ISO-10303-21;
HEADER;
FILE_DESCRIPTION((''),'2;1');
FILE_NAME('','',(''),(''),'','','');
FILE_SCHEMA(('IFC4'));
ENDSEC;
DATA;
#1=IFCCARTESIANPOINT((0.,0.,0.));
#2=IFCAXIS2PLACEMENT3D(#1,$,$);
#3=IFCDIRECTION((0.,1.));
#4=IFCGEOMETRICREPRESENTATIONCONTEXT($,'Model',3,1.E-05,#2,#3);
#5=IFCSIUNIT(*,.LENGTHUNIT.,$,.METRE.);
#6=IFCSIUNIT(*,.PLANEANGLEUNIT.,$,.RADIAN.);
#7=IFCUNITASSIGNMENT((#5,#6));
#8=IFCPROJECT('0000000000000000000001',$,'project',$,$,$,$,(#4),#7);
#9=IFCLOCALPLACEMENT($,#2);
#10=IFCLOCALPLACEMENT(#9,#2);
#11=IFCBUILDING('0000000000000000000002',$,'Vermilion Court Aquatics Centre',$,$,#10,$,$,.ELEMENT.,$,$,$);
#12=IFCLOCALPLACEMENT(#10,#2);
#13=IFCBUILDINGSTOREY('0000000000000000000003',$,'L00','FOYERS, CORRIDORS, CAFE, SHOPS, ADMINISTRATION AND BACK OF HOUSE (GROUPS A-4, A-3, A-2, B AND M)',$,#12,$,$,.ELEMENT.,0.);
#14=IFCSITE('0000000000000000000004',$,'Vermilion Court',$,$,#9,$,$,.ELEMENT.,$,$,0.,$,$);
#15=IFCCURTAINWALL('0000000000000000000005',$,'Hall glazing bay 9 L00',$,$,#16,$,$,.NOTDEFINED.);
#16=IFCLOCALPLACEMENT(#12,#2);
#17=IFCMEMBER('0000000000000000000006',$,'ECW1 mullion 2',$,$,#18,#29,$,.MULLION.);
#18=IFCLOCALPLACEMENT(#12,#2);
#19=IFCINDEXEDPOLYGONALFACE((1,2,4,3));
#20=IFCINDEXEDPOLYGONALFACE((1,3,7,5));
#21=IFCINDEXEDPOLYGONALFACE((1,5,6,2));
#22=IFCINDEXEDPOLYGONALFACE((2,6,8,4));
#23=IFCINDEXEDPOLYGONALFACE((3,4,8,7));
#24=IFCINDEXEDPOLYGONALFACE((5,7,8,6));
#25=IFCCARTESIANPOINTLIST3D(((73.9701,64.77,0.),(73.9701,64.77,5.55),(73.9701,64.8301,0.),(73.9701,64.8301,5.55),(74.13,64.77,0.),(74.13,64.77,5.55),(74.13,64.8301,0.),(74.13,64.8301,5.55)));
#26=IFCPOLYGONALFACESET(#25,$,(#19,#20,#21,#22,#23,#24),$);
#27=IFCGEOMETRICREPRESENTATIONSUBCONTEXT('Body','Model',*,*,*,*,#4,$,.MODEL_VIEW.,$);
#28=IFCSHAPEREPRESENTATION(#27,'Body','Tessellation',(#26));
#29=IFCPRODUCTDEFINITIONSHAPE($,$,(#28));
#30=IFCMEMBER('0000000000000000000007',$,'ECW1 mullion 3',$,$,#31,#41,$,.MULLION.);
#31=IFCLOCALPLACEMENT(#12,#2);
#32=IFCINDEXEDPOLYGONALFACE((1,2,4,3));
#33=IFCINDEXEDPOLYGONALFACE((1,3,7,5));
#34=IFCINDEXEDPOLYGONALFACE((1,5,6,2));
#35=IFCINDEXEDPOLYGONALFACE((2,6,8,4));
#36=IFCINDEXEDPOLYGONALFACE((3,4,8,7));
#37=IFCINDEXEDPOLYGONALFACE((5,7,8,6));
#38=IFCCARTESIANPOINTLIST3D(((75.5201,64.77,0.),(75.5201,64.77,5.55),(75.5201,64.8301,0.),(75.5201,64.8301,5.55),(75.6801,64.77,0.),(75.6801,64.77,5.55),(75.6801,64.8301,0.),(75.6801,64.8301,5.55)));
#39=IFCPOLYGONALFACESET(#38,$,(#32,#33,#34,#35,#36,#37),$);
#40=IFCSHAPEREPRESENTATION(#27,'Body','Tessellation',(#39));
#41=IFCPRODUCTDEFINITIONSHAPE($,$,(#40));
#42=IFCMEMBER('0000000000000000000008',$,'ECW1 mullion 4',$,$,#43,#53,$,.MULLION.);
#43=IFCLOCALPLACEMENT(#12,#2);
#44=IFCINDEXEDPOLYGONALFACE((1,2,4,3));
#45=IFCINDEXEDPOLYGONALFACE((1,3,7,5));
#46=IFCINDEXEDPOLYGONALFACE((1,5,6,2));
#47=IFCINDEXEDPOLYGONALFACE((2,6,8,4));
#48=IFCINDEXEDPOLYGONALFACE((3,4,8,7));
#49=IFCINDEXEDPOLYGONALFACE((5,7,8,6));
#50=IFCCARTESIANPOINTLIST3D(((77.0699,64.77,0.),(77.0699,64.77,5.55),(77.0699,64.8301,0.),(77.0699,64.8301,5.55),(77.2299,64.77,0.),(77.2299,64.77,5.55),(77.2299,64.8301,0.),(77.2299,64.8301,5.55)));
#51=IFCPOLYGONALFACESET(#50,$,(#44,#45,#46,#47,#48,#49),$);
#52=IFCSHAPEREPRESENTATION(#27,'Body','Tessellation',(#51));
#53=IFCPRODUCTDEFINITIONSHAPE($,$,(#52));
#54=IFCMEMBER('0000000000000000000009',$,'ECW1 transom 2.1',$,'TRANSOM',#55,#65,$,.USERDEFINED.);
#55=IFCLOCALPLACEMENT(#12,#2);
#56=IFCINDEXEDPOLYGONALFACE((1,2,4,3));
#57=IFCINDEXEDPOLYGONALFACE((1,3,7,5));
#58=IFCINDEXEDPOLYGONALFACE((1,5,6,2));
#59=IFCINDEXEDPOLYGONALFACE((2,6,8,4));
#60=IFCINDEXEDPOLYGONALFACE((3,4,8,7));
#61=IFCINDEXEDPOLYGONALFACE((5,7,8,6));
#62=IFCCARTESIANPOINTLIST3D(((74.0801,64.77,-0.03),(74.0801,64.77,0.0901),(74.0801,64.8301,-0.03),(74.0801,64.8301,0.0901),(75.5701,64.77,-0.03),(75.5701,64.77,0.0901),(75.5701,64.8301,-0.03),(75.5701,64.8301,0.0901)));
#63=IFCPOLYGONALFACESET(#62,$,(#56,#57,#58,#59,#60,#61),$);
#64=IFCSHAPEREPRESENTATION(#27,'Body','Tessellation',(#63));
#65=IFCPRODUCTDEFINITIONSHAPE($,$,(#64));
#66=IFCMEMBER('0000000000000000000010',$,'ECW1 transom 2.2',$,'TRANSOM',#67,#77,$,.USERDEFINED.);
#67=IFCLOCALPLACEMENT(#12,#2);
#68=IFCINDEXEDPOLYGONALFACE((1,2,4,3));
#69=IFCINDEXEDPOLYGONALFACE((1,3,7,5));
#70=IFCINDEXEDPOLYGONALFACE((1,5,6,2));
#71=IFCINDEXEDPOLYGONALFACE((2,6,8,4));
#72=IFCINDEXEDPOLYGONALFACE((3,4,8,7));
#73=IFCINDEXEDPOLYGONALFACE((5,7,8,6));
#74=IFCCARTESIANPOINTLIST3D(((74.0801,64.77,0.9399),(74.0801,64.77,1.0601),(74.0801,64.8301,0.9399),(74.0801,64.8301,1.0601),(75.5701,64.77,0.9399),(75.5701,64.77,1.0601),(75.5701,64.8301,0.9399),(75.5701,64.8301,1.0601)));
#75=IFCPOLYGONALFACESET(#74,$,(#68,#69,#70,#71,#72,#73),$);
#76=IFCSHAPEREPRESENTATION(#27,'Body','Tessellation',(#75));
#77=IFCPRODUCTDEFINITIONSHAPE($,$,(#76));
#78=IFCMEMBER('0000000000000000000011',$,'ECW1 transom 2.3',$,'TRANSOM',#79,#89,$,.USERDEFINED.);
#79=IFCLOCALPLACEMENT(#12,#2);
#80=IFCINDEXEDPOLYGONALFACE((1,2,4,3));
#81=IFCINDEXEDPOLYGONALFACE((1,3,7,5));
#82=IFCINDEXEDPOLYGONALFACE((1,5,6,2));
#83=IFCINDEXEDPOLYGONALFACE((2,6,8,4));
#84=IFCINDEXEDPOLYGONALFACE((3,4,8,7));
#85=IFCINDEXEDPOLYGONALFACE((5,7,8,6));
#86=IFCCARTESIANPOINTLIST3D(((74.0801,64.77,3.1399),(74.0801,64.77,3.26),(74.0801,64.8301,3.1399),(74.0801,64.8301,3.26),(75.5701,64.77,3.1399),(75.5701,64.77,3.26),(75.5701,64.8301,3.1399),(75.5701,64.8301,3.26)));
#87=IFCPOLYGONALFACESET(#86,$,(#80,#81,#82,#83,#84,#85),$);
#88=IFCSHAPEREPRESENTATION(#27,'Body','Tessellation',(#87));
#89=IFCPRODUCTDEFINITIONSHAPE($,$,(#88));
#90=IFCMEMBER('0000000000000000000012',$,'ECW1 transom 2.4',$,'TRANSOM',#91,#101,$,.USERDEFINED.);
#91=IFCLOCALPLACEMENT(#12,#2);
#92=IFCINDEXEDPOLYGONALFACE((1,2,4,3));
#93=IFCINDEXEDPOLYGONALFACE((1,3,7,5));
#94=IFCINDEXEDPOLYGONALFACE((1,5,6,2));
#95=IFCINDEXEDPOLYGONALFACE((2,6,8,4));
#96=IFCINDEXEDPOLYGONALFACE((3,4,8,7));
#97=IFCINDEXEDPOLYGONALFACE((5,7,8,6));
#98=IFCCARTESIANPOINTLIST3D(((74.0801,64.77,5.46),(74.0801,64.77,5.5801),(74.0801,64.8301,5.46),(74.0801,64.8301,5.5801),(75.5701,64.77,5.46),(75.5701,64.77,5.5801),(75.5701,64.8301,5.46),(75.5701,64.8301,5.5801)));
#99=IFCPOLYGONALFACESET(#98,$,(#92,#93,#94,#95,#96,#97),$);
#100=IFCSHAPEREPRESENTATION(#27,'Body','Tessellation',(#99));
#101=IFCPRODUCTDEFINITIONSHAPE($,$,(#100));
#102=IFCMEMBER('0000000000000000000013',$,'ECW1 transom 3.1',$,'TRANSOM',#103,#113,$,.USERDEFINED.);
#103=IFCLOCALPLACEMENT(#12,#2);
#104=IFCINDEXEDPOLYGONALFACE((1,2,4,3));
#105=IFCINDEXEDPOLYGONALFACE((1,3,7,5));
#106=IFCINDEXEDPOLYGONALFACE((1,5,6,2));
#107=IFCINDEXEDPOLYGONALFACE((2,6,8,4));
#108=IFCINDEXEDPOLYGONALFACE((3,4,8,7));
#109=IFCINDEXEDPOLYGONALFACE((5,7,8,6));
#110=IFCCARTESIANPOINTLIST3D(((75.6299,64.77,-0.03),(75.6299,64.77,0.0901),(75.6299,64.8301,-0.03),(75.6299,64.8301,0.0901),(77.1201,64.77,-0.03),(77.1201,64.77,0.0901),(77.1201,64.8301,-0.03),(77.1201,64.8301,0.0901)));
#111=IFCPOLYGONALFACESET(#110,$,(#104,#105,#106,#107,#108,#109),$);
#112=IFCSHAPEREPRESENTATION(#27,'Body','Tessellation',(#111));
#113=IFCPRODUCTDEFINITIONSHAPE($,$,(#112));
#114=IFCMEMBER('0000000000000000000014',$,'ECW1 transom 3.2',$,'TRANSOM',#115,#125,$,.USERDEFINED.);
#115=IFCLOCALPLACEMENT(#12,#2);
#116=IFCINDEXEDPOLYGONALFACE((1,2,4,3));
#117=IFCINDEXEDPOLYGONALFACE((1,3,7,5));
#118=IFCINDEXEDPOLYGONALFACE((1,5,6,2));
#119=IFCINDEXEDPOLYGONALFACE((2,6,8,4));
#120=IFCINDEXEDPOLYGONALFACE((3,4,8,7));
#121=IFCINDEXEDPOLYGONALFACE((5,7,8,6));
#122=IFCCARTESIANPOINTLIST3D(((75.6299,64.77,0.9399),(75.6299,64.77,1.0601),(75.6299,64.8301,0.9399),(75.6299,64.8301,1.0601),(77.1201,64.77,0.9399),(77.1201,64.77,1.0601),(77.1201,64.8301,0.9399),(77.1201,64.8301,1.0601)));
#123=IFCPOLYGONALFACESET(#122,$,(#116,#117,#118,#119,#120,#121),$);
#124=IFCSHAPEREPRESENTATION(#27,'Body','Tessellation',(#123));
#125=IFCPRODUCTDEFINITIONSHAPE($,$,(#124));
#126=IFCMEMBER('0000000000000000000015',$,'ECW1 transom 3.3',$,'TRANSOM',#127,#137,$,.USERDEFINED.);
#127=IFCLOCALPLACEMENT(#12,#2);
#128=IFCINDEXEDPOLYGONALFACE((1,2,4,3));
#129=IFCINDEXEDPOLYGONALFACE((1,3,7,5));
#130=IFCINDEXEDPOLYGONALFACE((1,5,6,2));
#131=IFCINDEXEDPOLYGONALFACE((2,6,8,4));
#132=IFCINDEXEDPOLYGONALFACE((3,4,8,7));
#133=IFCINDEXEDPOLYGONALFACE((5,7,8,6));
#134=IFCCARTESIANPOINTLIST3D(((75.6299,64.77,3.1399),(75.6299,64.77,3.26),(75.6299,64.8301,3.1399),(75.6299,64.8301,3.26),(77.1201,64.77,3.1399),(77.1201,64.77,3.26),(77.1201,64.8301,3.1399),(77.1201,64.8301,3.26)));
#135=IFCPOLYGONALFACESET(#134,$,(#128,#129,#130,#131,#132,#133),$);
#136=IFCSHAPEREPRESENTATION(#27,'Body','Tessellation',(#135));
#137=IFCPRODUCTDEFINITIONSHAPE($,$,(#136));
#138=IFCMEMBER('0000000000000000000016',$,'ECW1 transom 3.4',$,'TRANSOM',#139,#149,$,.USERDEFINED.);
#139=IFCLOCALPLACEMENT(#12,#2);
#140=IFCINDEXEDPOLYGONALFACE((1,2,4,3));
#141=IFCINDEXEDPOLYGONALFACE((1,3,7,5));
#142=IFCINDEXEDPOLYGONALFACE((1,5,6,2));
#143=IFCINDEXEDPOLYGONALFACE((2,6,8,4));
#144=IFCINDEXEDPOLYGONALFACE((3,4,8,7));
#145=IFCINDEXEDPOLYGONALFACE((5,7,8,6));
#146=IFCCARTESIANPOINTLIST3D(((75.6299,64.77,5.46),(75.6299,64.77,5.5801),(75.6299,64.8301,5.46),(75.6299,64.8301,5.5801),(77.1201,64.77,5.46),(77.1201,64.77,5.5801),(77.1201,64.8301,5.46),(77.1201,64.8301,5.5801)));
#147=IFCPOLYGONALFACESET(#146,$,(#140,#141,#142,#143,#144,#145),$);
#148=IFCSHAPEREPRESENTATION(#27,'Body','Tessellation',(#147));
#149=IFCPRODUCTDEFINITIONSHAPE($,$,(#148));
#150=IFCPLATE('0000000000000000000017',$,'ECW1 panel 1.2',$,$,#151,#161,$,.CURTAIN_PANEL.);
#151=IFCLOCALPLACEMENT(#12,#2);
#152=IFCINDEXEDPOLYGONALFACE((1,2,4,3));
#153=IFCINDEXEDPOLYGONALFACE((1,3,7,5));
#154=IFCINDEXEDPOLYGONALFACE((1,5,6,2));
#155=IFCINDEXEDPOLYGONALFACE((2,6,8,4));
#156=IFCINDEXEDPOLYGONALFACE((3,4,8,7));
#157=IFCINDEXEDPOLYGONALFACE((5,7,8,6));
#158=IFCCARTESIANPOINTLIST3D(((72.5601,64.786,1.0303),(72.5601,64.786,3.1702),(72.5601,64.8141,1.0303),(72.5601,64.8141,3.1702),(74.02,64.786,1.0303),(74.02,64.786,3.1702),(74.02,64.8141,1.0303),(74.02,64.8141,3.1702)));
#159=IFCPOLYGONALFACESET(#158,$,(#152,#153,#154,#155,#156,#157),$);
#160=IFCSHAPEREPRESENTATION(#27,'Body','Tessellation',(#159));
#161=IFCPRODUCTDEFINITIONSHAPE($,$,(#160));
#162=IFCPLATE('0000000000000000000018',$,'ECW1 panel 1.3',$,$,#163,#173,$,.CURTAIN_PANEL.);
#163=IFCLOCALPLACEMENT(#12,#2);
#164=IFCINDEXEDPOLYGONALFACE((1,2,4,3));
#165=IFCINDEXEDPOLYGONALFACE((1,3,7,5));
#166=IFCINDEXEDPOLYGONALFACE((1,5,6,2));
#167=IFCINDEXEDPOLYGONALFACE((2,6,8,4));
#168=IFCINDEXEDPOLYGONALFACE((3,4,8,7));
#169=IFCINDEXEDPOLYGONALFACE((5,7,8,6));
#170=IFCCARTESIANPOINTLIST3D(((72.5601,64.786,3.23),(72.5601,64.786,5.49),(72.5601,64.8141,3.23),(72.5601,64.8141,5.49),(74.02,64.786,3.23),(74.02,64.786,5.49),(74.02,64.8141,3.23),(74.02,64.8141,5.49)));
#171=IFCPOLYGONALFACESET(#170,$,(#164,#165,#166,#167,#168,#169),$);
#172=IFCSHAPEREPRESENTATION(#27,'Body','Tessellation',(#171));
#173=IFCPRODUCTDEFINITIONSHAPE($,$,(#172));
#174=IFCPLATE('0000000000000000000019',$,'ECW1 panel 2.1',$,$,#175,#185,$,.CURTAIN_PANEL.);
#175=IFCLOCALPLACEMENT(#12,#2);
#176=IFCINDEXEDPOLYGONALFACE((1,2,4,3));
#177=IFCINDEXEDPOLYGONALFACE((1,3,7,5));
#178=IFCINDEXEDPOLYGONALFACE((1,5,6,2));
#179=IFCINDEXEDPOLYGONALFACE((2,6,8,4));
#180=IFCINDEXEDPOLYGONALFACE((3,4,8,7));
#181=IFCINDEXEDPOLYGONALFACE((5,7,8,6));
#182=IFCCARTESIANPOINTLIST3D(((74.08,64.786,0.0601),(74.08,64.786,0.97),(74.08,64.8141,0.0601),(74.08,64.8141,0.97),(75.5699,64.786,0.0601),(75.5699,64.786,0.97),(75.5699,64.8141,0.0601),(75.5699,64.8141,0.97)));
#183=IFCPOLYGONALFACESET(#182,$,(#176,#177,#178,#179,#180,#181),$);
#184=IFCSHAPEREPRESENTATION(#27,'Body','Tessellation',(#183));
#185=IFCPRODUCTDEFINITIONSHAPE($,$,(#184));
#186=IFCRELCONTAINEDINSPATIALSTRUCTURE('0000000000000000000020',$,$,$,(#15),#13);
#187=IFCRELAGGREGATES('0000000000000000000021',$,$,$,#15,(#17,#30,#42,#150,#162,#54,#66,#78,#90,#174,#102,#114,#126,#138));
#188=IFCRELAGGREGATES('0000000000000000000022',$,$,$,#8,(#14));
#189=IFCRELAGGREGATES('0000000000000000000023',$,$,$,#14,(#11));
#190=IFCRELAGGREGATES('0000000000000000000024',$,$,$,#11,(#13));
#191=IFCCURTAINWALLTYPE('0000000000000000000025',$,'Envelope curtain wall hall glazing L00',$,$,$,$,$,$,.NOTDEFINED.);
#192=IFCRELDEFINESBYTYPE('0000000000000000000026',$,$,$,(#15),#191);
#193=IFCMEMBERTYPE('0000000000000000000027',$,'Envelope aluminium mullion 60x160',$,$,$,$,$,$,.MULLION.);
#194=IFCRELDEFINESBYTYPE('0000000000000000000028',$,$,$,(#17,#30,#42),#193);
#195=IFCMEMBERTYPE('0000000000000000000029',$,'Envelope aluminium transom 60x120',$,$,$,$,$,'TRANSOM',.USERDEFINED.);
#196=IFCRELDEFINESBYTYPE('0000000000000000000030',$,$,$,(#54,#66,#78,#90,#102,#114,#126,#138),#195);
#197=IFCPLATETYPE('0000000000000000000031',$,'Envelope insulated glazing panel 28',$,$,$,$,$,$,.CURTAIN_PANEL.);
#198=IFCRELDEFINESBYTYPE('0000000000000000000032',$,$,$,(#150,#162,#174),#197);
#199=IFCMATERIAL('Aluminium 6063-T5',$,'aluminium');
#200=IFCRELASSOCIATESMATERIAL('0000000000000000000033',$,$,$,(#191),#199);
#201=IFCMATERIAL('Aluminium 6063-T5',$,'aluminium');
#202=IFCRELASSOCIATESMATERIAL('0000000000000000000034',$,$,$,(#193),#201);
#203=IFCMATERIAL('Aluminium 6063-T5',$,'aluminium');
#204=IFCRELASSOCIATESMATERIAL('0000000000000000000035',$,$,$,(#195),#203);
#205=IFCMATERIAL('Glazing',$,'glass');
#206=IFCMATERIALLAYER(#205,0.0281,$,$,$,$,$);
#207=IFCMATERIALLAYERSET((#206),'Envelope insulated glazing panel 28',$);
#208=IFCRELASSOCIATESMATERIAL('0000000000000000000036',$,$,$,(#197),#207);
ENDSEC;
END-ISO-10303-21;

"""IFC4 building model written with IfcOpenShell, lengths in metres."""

from ifc_helpers import new_model, si_unit, direction, frame, origin, origin_2d, place, context, subcontext, project, spatial, rectangle, extrude, material, layer, layer_set, material_profile, profile_set, type_object, element, aggregate, save


model = new_model("IFC4")

# Units and contexts
model_context = context("Model", 3, precision=1e-05, world=origin(), true_north=direction((0.0, 1.0)))
body_context = subcontext(model_context, "Body", "Model", "MODEL_VIEW")
ifc_project = project(units=[si_unit("LENGTHUNIT", "METRE"), si_unit("PLANEANGLEUNIT", "RADIAN")], contexts=[model_context])

# Site, building, storey
site_placement = place(None, origin())
site = spatial("IfcSite", under=ifc_project, at=site_placement, Name="Vermilion Court", CompositionType="ELEMENT", RefElevation=0.0)
building_placement = place(site_placement, origin())
building = spatial("IfcBuilding", under=site, at=building_placement, Name="Vermilion Court Aquatics Centre", CompositionType="ELEMENT")
storey_placement = place(building_placement, origin())
storey = spatial("IfcBuildingStorey", under=building, at=storey_placement, Name="L00", Description="FOYERS, CORRIDORS, CAFE, SHOPS, ADMINISTRATION AND BACK OF HOUSE (GROUPS A-4, A-3, A-2, B AND M)", CompositionType="ELEMENT", Elevation=0.0)

# Curtain wall, members, plates
ifc_material_1 = material(Name="Aluminium 6063-T5", Category="aluminium")
curtain_wall_type = type_object("IfcCurtainWallType", Name="Envelope curtain wall hall glazing L00", PredefinedType="NOTDEFINED", material=ifc_material_1)
curtain_wall_placement = place(storey_placement, origin())
curtain_wall = element("IfcCurtainWall", 1, at=curtain_wall_placement, inside=storey, type_object=curtain_wall_type, Name="Hall glazing bay 9 L00", PredefinedType="NOTDEFINED")
ifc_material_2 = material(Name="Aluminium 6063-T5", Category="aluminium")
ifc_material_profile_1 = material_profile(ifc_material_2, rectangle(XDim=0.0601, YDim=0.1599, at=origin_2d()), Name="AL 60x160")
ifc_profile_set_1 = profile_set([ifc_material_profile_1], Name="Aluminium 6063-T5")
member_type_1 = type_object("IfcMemberType", Name="Envelope aluminium mullion 60x160", PredefinedType="MULLION", material=ifc_profile_set_1)
member_1_placement = place(storey_placement, frame((74.05, 64.8, 0.0), z_axis=(0.0, 0.0, 1.0), x_axis=(0.0, 1.0, 0.0)))
member_1 = element("IfcMember", 2, at=member_1_placement, type_object=member_type_1, Name="ECW1 mullion 2", PredefinedType="MULLION", context=body_context, shape_type="SweptSolid", body=[
    extrude(rectangle(XDim=0.0601, YDim=0.1599, at=origin_2d()), origin(), (0.0, 0.0, 1.0), 5.55),
])
member_2_placement = place(storey_placement, frame((75.6001, 64.8, 0.0), z_axis=(0.0, 0.0, 1.0), x_axis=(0.0, 1.0, 0.0)))
member_2 = element("IfcMember", 3, at=member_2_placement, type_object=member_type_1, Name="ECW1 mullion 3", PredefinedType="MULLION", context=body_context, shape_type="SweptSolid", body=[
    extrude(rectangle(XDim=0.0601, YDim=0.1599, at=origin_2d()), origin(), (0.0, 0.0, 1.0), 5.55),
])
member_3_placement = place(storey_placement, frame((77.1499, 64.8, 0.0), z_axis=(0.0, 0.0, 1.0), x_axis=(0.0, 1.0, 0.0)))
member_3 = element("IfcMember", 4, at=member_3_placement, type_object=member_type_1, Name="ECW1 mullion 4", PredefinedType="MULLION", context=body_context, shape_type="SweptSolid", body=[
    extrude(rectangle(XDim=0.0601, YDim=0.1599, at=origin_2d()), origin(), (0.0, 0.0, 1.0), 5.55),
])
ifc_material_3 = material(Name="Aluminium 6063-T5", Category="aluminium")
ifc_material_profile_2 = material_profile(ifc_material_3, rectangle(XDim=0.0601, YDim=0.1201, at=origin_2d()), Name="AL 60x120")
ifc_profile_set_2 = profile_set([ifc_material_profile_2], Name="Aluminium 6063-T5")
member_type_2 = type_object("IfcMemberType", Name="Envelope aluminium transom 60x120", ElementType="TRANSOM", PredefinedType="USERDEFINED", material=ifc_profile_set_2)
member_4_placement = place(storey_placement, frame((74.0801, 64.8, 0.03), z_axis=(1.0, 0.0, 0.0), x_axis=(0.0, 1.0, 0.0)))
member_4 = element("IfcMember", 5, at=member_4_placement, type_object=member_type_2, Name="ECW1 transom 2.1", ObjectType="TRANSOM", PredefinedType="USERDEFINED", context=body_context, shape_type="SweptSolid", body=[
    extrude(rectangle(XDim=0.0601, YDim=0.1201, at=origin_2d()), origin(), (0.0, 0.0, 1.0), 1.49),
])
member_5_placement = place(storey_placement, frame((74.0801, 64.8, 1.0), z_axis=(1.0, 0.0, 0.0), x_axis=(0.0, 1.0, 0.0)))
member_5 = element("IfcMember", 6, at=member_5_placement, type_object=member_type_2, Name="ECW1 transom 2.2", ObjectType="TRANSOM", PredefinedType="USERDEFINED", context=body_context, shape_type="SweptSolid", body=[
    extrude(rectangle(XDim=0.0601, YDim=0.1201, at=origin_2d()), origin(), (0.0, 0.0, 1.0), 1.49),
])
member_6_placement = place(storey_placement, frame((74.0801, 64.8, 3.2), z_axis=(1.0, 0.0, 0.0), x_axis=(0.0, 1.0, 0.0)))
member_6 = element("IfcMember", 7, at=member_6_placement, type_object=member_type_2, Name="ECW1 transom 2.3", ObjectType="TRANSOM", PredefinedType="USERDEFINED", context=body_context, shape_type="SweptSolid", body=[
    extrude(rectangle(XDim=0.0601, YDim=0.1201, at=origin_2d()), origin(), (0.0, 0.0, 1.0), 1.49),
])
member_7_placement = place(storey_placement, frame((74.0801, 64.8, 5.52), z_axis=(1.0, 0.0, 0.0), x_axis=(0.0, 1.0, 0.0)))
member_7 = element("IfcMember", 8, at=member_7_placement, type_object=member_type_2, Name="ECW1 transom 2.4", ObjectType="TRANSOM", PredefinedType="USERDEFINED", context=body_context, shape_type="SweptSolid", body=[
    extrude(rectangle(XDim=0.0601, YDim=0.1201, at=origin_2d()), origin(), (0.0, 0.0, 1.0), 1.49),
])
member_8_placement = place(storey_placement, frame((75.6299, 64.8, 0.03), z_axis=(1.0, 0.0, 0.0), x_axis=(0.0, 1.0, 0.0)))
member_8 = element("IfcMember", 9, at=member_8_placement, type_object=member_type_2, Name="ECW1 transom 3.1", ObjectType="TRANSOM", PredefinedType="USERDEFINED", context=body_context, shape_type="SweptSolid", body=[
    extrude(rectangle(XDim=0.0601, YDim=0.1201, at=origin_2d()), origin(), (0.0, 0.0, 1.0), 1.4902),
])
member_9_placement = place(storey_placement, frame((75.6299, 64.8, 1.0), z_axis=(1.0, 0.0, 0.0), x_axis=(0.0, 1.0, 0.0)))
member_9 = element("IfcMember", 10, at=member_9_placement, type_object=member_type_2, Name="ECW1 transom 3.2", ObjectType="TRANSOM", PredefinedType="USERDEFINED", context=body_context, shape_type="SweptSolid", body=[
    extrude(rectangle(XDim=0.0601, YDim=0.1201, at=origin_2d()), origin(), (0.0, 0.0, 1.0), 1.4902),
])
member_10_placement = place(storey_placement, frame((75.6299, 64.8, 3.2), z_axis=(1.0, 0.0, 0.0), x_axis=(0.0, 1.0, 0.0)))
member_10 = element("IfcMember", 11, at=member_10_placement, type_object=member_type_2, Name="ECW1 transom 3.3", ObjectType="TRANSOM", PredefinedType="USERDEFINED", context=body_context, shape_type="SweptSolid", body=[
    extrude(rectangle(XDim=0.0601, YDim=0.1201, at=origin_2d()), origin(), (0.0, 0.0, 1.0), 1.4902),
])
member_11_placement = place(storey_placement, frame((75.6299, 64.8, 5.52), z_axis=(1.0, 0.0, 0.0), x_axis=(0.0, 1.0, 0.0)))
member_11 = element("IfcMember", 12, at=member_11_placement, type_object=member_type_2, Name="ECW1 transom 3.4", ObjectType="TRANSOM", PredefinedType="USERDEFINED", context=body_context, shape_type="SweptSolid", body=[
    extrude(rectangle(XDim=0.0601, YDim=0.1201, at=origin_2d()), origin(), (0.0, 0.0, 1.0), 1.4902),
])
ifc_material_4 = material(Name="Glazing", Category="glass")
ifc_layer_1 = layer(ifc_material_4, 0.0281)
ifc_layer_set_1 = layer_set([ifc_layer_1], Name="Envelope insulated glazing panel 28")
plate_type = type_object("IfcPlateType", Name="Envelope insulated glazing panel 28", PredefinedType="CURTAIN_PANEL", material=ifc_layer_set_1)
plate_1_placement = place(storey_placement, frame((73.29, 64.8, 1.0303), z_axis=(0.0, 0.0, 1.0), x_axis=(1.0, 0.0, 0.0)))
plate_1 = element("IfcPlate", 13, at=plate_1_placement, type_object=plate_type, Name="ECW1 panel 1.2", PredefinedType="CURTAIN_PANEL", context=body_context, shape_type="SweptSolid", body=[
    extrude(rectangle(XDim=1.46, YDim=0.0281, at=origin_2d()), origin(), (0.0, 0.0, 1.0), 2.1399),
])
plate_2_placement = place(storey_placement, frame((73.29, 64.8, 3.23), z_axis=(0.0, 0.0, 1.0), x_axis=(1.0, 0.0, 0.0)))
plate_2 = element("IfcPlate", 14, at=plate_2_placement, type_object=plate_type, Name="ECW1 panel 1.3", PredefinedType="CURTAIN_PANEL", context=body_context, shape_type="SweptSolid", body=[
    extrude(rectangle(XDim=1.46, YDim=0.0281, at=origin_2d()), origin(), (0.0, 0.0, 1.0), 2.26),
])
plate_3_placement = place(storey_placement, frame((74.825, 64.8, 0.0601), z_axis=(0.0, 0.0, 1.0), x_axis=(1.0, 0.0, 0.0)))
plate_3 = element("IfcPlate", 15, at=plate_3_placement, type_object=plate_type, Name="ECW1 panel 2.1", PredefinedType="CURTAIN_PANEL", context=body_context, shape_type="SweptSolid", body=[
    extrude(rectangle(XDim=1.49, YDim=0.0281, at=origin_2d()), origin(), (0.0, 0.0, 1.0), 0.9099),
])
aggregate(curtain_wall, [member_1, member_2, member_3, plate_1, plate_2, member_4, member_5, member_6, member_7, plate_3, member_8, member_9, member_10, member_11])

save(model, "model.ifc")
